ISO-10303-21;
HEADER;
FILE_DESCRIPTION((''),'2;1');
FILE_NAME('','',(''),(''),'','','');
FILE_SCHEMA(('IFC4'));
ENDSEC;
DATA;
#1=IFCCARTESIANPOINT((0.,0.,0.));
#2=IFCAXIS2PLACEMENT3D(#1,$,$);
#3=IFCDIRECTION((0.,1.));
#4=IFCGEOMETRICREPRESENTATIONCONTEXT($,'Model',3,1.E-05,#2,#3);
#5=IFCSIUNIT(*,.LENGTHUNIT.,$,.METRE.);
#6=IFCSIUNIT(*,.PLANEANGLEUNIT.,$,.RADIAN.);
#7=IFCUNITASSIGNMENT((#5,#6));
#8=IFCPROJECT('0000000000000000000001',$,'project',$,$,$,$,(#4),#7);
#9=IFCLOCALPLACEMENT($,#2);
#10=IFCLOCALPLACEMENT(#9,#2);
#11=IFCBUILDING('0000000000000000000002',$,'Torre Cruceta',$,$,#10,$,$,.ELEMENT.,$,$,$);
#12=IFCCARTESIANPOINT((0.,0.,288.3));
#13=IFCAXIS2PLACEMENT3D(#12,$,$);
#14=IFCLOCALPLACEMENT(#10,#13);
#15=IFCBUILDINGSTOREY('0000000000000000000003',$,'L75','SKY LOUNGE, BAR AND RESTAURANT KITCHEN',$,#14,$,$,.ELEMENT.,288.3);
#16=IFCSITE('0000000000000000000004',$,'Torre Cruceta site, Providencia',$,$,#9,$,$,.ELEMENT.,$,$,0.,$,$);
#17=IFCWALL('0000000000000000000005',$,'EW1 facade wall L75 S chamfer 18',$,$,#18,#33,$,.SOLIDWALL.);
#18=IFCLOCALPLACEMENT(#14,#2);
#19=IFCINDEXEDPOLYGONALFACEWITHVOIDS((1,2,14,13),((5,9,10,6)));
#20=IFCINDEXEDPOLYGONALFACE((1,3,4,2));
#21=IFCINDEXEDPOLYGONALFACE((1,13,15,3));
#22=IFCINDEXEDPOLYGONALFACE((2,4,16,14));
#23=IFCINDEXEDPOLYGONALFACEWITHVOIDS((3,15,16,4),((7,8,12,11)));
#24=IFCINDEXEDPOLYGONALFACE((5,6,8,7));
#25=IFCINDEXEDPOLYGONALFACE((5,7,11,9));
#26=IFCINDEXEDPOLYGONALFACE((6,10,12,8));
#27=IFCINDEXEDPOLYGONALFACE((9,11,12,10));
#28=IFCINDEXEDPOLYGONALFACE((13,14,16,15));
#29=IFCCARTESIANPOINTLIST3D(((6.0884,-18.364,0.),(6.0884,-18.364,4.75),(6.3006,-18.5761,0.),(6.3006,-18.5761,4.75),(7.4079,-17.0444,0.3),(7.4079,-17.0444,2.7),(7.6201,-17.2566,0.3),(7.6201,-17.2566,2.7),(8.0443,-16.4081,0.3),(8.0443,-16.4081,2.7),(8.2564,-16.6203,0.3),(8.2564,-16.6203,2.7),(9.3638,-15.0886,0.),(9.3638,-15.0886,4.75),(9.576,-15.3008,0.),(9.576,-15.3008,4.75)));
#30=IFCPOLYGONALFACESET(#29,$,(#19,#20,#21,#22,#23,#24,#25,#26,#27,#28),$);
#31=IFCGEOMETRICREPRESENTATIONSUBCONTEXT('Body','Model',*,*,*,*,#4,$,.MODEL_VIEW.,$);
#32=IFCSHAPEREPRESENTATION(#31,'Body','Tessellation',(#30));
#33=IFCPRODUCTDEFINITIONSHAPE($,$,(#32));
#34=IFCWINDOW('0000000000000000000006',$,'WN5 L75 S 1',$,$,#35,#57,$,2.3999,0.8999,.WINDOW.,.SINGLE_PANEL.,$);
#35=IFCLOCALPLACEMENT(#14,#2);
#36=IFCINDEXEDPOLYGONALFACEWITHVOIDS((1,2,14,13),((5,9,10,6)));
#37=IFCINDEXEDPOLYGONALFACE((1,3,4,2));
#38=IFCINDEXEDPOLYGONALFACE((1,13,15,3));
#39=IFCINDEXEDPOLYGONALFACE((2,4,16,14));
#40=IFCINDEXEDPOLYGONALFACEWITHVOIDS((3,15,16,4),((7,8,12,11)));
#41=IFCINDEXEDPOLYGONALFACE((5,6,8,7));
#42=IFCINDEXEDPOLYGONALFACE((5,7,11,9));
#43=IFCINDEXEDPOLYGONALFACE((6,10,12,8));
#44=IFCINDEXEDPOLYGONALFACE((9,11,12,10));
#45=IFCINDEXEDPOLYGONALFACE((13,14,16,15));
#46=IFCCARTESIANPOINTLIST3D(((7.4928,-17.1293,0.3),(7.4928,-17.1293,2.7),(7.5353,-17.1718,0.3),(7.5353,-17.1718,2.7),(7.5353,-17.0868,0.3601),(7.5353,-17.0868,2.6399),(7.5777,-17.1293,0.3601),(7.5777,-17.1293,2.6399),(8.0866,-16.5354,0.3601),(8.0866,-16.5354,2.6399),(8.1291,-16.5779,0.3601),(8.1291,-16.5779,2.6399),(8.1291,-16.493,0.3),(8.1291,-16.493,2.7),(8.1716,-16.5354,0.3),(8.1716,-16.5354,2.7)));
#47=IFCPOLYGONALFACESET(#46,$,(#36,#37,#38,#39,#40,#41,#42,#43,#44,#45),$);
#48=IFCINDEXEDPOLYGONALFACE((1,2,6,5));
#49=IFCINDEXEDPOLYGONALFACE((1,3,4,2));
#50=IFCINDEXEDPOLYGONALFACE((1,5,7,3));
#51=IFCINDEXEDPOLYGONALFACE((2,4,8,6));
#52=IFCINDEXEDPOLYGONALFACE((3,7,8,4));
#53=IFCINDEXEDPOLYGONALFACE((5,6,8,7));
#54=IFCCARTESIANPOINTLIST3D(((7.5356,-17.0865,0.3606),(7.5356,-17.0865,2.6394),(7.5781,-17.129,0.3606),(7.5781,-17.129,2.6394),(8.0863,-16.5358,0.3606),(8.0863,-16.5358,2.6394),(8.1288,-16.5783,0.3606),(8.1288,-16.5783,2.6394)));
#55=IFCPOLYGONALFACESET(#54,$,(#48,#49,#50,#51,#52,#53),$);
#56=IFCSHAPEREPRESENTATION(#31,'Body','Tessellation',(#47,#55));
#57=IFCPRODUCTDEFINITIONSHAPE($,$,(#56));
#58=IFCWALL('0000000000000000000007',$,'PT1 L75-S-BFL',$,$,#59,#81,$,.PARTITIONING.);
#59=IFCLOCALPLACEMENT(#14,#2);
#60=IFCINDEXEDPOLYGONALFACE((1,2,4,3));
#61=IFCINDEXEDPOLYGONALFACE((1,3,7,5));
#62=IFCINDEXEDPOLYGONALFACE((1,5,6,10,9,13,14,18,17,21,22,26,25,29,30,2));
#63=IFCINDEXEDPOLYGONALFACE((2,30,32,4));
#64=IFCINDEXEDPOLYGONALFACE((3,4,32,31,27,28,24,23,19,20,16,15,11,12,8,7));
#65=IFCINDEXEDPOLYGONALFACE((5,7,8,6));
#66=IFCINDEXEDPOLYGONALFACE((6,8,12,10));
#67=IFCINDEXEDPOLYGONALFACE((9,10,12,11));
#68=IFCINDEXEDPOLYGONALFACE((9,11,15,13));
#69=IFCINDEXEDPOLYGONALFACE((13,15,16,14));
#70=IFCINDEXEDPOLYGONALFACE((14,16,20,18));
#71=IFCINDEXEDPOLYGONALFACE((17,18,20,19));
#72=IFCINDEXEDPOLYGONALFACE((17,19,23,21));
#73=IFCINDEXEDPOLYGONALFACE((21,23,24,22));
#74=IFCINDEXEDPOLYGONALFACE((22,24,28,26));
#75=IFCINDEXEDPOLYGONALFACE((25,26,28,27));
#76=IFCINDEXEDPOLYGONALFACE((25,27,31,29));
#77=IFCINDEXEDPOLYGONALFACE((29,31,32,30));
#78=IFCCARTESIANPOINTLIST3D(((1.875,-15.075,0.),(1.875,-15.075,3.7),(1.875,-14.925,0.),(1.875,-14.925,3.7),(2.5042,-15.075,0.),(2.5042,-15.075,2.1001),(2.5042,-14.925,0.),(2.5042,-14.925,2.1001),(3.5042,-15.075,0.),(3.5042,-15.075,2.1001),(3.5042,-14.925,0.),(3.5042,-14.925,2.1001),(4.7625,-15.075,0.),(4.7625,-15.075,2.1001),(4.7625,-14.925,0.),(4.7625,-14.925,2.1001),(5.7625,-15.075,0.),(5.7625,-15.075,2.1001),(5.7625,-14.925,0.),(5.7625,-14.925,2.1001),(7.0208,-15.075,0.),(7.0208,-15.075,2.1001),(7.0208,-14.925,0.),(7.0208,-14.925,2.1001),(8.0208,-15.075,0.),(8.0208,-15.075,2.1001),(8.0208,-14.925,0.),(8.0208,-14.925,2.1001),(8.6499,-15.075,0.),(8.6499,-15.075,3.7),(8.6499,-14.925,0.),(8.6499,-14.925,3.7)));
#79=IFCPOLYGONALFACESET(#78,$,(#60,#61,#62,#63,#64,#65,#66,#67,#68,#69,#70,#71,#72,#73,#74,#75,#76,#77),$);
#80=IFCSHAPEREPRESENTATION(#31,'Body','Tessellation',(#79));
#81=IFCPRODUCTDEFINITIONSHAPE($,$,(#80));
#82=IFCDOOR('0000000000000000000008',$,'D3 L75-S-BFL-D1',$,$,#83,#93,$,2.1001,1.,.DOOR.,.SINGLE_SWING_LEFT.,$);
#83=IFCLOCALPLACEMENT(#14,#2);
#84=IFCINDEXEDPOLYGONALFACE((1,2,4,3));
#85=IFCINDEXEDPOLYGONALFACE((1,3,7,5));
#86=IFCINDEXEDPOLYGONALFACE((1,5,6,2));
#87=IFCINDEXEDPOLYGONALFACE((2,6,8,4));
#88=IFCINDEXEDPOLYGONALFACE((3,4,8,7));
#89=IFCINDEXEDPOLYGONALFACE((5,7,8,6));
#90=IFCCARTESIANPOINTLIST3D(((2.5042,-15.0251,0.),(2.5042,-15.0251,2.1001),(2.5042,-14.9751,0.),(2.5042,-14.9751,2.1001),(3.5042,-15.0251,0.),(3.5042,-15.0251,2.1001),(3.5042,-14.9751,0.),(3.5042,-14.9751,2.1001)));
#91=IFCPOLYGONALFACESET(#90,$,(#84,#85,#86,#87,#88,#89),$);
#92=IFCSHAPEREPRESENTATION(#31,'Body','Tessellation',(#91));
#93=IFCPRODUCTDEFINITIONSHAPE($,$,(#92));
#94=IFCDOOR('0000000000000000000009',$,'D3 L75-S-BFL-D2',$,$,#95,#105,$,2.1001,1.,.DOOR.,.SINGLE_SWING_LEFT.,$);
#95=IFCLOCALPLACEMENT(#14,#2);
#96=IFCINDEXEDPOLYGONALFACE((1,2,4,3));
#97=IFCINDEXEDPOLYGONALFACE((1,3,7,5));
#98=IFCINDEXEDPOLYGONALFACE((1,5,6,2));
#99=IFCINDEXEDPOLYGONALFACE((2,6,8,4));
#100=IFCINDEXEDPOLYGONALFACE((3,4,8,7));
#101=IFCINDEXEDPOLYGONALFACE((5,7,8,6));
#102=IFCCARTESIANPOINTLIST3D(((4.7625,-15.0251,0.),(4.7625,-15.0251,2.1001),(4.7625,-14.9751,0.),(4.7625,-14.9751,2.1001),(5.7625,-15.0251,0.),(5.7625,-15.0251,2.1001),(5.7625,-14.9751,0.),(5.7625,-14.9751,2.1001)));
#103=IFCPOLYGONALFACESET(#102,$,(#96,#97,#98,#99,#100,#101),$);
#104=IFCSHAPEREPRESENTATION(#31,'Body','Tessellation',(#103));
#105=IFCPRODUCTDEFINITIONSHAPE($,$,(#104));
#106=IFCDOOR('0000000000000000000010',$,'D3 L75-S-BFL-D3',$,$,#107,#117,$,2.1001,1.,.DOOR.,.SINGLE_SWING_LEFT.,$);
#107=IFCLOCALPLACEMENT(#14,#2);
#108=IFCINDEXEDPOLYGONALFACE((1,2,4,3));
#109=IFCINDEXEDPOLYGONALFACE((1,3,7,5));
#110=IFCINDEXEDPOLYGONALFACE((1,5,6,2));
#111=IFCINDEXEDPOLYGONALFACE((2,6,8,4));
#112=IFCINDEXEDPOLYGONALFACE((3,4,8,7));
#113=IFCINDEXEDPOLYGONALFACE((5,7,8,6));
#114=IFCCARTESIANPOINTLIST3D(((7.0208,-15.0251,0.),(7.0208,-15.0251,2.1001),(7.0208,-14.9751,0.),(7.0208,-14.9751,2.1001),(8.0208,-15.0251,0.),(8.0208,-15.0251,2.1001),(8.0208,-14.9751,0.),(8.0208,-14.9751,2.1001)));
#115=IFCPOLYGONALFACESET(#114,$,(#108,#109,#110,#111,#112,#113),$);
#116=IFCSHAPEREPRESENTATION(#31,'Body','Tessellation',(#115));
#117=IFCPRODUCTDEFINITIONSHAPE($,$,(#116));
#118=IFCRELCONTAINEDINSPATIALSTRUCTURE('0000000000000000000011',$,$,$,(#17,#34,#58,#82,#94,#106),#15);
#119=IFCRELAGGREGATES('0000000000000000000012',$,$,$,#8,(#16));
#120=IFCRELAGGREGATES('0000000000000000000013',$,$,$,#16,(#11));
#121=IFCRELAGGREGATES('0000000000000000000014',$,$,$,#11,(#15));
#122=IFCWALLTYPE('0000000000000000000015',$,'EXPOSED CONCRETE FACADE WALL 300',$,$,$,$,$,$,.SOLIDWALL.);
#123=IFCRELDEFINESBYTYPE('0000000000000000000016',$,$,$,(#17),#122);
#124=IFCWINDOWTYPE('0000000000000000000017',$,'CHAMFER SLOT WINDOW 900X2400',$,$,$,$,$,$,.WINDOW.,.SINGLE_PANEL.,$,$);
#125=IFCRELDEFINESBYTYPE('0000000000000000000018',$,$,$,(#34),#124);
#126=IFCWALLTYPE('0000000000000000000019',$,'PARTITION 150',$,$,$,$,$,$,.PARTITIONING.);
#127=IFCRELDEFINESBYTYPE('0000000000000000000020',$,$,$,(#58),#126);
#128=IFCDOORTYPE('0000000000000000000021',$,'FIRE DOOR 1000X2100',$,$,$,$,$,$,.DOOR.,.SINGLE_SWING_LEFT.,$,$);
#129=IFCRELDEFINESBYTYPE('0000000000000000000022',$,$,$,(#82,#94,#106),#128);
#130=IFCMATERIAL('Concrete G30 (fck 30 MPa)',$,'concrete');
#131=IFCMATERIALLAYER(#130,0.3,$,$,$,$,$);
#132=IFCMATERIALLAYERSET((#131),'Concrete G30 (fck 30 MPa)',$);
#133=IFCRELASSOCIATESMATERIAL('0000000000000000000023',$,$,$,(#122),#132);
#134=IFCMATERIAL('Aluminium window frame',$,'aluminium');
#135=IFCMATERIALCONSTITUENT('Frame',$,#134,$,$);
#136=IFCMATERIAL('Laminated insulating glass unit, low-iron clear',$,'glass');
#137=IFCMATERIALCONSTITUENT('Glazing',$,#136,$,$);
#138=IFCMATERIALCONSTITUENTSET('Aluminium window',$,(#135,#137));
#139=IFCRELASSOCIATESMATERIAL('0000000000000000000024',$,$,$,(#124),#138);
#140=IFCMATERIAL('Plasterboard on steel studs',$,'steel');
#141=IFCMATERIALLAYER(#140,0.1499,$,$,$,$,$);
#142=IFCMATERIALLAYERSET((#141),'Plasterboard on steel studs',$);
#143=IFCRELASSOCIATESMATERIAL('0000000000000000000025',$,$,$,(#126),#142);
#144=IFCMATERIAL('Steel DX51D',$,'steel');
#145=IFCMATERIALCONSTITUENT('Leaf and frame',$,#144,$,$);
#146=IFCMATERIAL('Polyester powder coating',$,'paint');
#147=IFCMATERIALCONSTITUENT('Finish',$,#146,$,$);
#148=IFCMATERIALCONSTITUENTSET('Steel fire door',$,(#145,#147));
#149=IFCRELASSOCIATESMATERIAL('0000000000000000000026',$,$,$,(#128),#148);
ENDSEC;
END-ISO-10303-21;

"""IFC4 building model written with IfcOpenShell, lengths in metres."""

from ifc_helpers import new_model, si_unit, direction, frame, frame_2d, origin, place, context, subcontext, project, spatial, rectangle, hollow_rectangle, extrude, material, layer, layer_set, constituent, constituent_set, type_object, element, fill, save


model = new_model("IFC4")

# Units and contexts
model_context = context("Model", 3, precision=1e-05, world=origin(), true_north=direction((0.0, 1.0)))
body_context = subcontext(model_context, "Body", "Model", "MODEL_VIEW")
ifc_project = project(units=[si_unit("LENGTHUNIT", "METRE"), si_unit("PLANEANGLEUNIT", "RADIAN")], contexts=[model_context])

# Site, building, storey
site_placement = place(None, origin())
site = spatial("IfcSite", under=ifc_project, at=site_placement, Name="Torre Cruceta site, Providencia", CompositionType="ELEMENT", RefElevation=0.0)
building_placement = place(site_placement, origin())
building = spatial("IfcBuilding", under=site, at=building_placement, Name="Torre Cruceta", CompositionType="ELEMENT")
storey_placement = place(building_placement, frame((0.0, 0.0, 288.3)))
storey = spatial("IfcBuildingStorey", under=building, at=storey_placement, Name="L75", Description="SKY LOUNGE, BAR AND RESTAURANT KITCHEN", CompositionType="ELEMENT", Elevation=288.3)

# Wall, opening, window
ifc_material_1 = material(Name="Concrete G30 (fck 30 MPa)", Category="concrete")
ifc_layer_1 = layer(ifc_material_1, 0.3)
ifc_layer_set_1 = layer_set([ifc_layer_1], Name="Concrete G30 (fck 30 MPa)")
wall_type_1 = type_object("IfcWallType", Name="EXPOSED CONCRETE FACADE WALL 300", PredefinedType="SOLIDWALL", material=ifc_layer_set_1)
wall_1_placement = place(storey_placement, frame((6.1946, -18.47, 0.0), z_axis=(0.0, 0.0, 1.0), x_axis=(0.707107, 0.707107, 0.0)))
wall_1 = element("IfcWall", 1, at=wall_1_placement, inside=storey, type_object=wall_type_1, Name="EW1 facade wall L75 S chamfer 18", PredefinedType="SOLIDWALL", context=body_context, shape_type="SweptSolid", body=[
    extrude(rectangle(XDim=4.6321, YDim=0.3, at=frame_2d((2.3159, 0.0))), origin(), (0.0, 0.0, 1.0), 4.75),
])
opening_1_placement = place(wall_1_placement, frame((1.866, 0.0, 0.3)))
opening_1 = element("IfcOpeningElement", 2, at=opening_1_placement, cuts=wall_1, PredefinedType="OPENING", context=body_context, shape_type="SweptSolid", body=[
    extrude(rectangle(XDim=0.8999, YDim=2.3999, at=frame_2d((0.45, 1.2))), frame((0.0, 0.1599, 0.0), z_axis=(0.0, -1.0, 0.0), x_axis=(1.0, 0.0, 0.0)), (0.0, 0.0, 1.0), 0.3201),
])
ifc_material_2 = material(Name="Aluminium window frame", Category="aluminium")
ifc_constituent_1 = constituent(ifc_material_2, Name="Frame")
ifc_material_3 = material(Name="Laminated insulating glass unit, low-iron clear", Category="glass")
ifc_constituent_2 = constituent(ifc_material_3, Name="Glazing")
ifc_constituent_set_1 = constituent_set(constituents=[ifc_constituent_1, ifc_constituent_2], Name="Aluminium window")
window_type = type_object("IfcWindowType", Name="CHAMFER SLOT WINDOW 900X2400", PartitioningType="SINGLE_PANEL", PredefinedType="WINDOW", material=ifc_constituent_set_1)
window_placement = place(opening_1_placement, origin())
window = element("IfcWindow", 3, at=window_placement, inside=storey, type_object=window_type, Name="WN5 L75 S 1", OverallHeight=2.3999, OverallWidth=0.8999, PartitioningType="SINGLE_PANEL", PredefinedType="WINDOW", context=body_context, shape_type="SweptSolid", body=[
    extrude(hollow_rectangle(XDim=0.8999, YDim=2.3999, WallThickness=0.0601, at=frame_2d((0.45, 1.2))), frame((0.0, 0.03, 0.0), z_axis=(0.0, -1.0, 0.0), x_axis=(1.0, 0.0, 0.0)), (0.0, 0.0, 1.0), 0.0601),
    extrude(rectangle(XDim=0.7788, YDim=2.2788, at=frame_2d((0.45, 1.2))), frame((0.0, 0.03, 0.0), z_axis=(0.0, -1.0, 0.0), x_axis=(1.0, 0.0, 0.0)), (0.0, 0.0, 1.0), 0.0601),
])
fill(opening_1, window)

# Wall, openings, doors
ifc_material_4 = material(Name="Plasterboard on steel studs", Category="steel")
ifc_layer_2 = layer(ifc_material_4, 0.1499)
ifc_layer_set_2 = layer_set([ifc_layer_2], Name="Plasterboard on steel studs")
wall_type_2 = type_object("IfcWallType", Name="PARTITION 150", PredefinedType="PARTITIONING", material=ifc_layer_set_2)
wall_2_placement = place(storey_placement, frame((1.875, -15.0, 0.0), z_axis=(0.0, 0.0, 1.0), x_axis=(1.0, 0.0, 0.0)))
wall_2 = element("IfcWall", 4, at=wall_2_placement, inside=storey, type_object=wall_type_2, Name="PT1 L75-S-BFL", PredefinedType="PARTITIONING", context=body_context, shape_type="SweptSolid", body=[
    extrude(rectangle(XDim=6.7749, YDim=0.1499, at=frame_2d((3.3875, 0.0))), origin(), (0.0, 0.0, 1.0), 3.7),
])
opening_2_placement = place(wall_2_placement, frame((0.6292, 0.0, 0.0)))
opening_2 = element("IfcOpeningElement", 5, at=opening_2_placement, cuts=wall_2, PredefinedType="OPENING", context=body_context, shape_type="SweptSolid", body=[
    extrude(rectangle(XDim=1.0, YDim=2.1001, at=frame_2d((0.5, 1.05))), frame((0.0, 0.085, 0.0), z_axis=(0.0, -1.0, 0.0), x_axis=(1.0, 0.0, 0.0)), (0.0, 0.0, 1.0), 0.1699),
])
opening_3_placement = place(wall_2_placement, frame((2.8875, 0.0, 0.0)))
opening_3 = element("IfcOpeningElement", 6, at=opening_3_placement, cuts=wall_2, PredefinedType="OPENING", context=body_context, shape_type="SweptSolid", body=[
    extrude(rectangle(XDim=1.0, YDim=2.1001, at=frame_2d((0.5, 1.05))), frame((0.0, 0.085, 0.0), z_axis=(0.0, -1.0, 0.0), x_axis=(1.0, 0.0, 0.0)), (0.0, 0.0, 1.0), 0.1699),
])
opening_4_placement = place(wall_2_placement, frame((5.1458, 0.0, 0.0)))
opening_4 = element("IfcOpeningElement", 7, at=opening_4_placement, cuts=wall_2, PredefinedType="OPENING", context=body_context, shape_type="SweptSolid", body=[
    extrude(rectangle(XDim=1.0, YDim=2.1001, at=frame_2d((0.5, 1.05))), frame((0.0, 0.085, 0.0), z_axis=(0.0, -1.0, 0.0), x_axis=(1.0, 0.0, 0.0)), (0.0, 0.0, 1.0), 0.1699),
])
ifc_material_5 = material(Name="Steel DX51D", Category="steel")
ifc_constituent_3 = constituent(ifc_material_5, Name="Leaf and frame")
ifc_material_6 = material(Name="Polyester powder coating", Category="paint")
ifc_constituent_4 = constituent(ifc_material_6, Name="Finish")
ifc_constituent_set_2 = constituent_set(constituents=[ifc_constituent_3, ifc_constituent_4], Name="Steel fire door")
door_type = type_object("IfcDoorType", Name="FIRE DOOR 1000X2100", OperationType="SINGLE_SWING_LEFT", PredefinedType="DOOR", material=ifc_constituent_set_2)
door_1_placement = place(opening_2_placement, origin())
door_1 = element("IfcDoor", 8, at=door_1_placement, inside=storey, type_object=door_type, Name="D3 L75-S-BFL-D1", OperationType="SINGLE_SWING_LEFT", OverallHeight=2.1001, OverallWidth=1.0, PredefinedType="DOOR", context=body_context, shape_type="SweptSolid", body=[
    extrude(rectangle(XDim=1.0, YDim=2.1001, at=frame_2d((0.5, 1.05))), frame((0.0, 0.0249, 0.0), z_axis=(0.0, -1.0, 0.0), x_axis=(1.0, 0.0, 0.0)), (0.0, 0.0, 1.0), 0.05),
])
fill(opening_2, door_1)
door_2_placement = place(opening_3_placement, origin())
door_2 = element("IfcDoor", 9, at=door_2_placement, inside=storey, type_object=door_type, Name="D3 L75-S-BFL-D2", OperationType="SINGLE_SWING_LEFT", OverallHeight=2.1001, OverallWidth=1.0, PredefinedType="DOOR", context=body_context, shape_type="SweptSolid", body=[
    extrude(rectangle(XDim=1.0, YDim=2.1001, at=frame_2d((0.5, 1.05))), frame((0.0, 0.0249, 0.0), z_axis=(0.0, -1.0, 0.0), x_axis=(1.0, 0.0, 0.0)), (0.0, 0.0, 1.0), 0.05),
])
fill(opening_3, door_2)
door_3_placement = place(opening_4_placement, origin())
door_3 = element("IfcDoor", 10, at=door_3_placement, inside=storey, type_object=door_type, Name="D3 L75-S-BFL-D3", OperationType="SINGLE_SWING_LEFT", OverallHeight=2.1001, OverallWidth=1.0, PredefinedType="DOOR", context=body_context, shape_type="SweptSolid", body=[
    extrude(rectangle(XDim=1.0, YDim=2.1001, at=frame_2d((0.5, 1.05))), frame((0.0, 0.0249, 0.0), z_axis=(0.0, -1.0, 0.0), x_axis=(1.0, 0.0, 0.0)), (0.0, 0.0, 1.0), 0.05),
])
fill(opening_4, door_3)

save(model, "model.ifc")
